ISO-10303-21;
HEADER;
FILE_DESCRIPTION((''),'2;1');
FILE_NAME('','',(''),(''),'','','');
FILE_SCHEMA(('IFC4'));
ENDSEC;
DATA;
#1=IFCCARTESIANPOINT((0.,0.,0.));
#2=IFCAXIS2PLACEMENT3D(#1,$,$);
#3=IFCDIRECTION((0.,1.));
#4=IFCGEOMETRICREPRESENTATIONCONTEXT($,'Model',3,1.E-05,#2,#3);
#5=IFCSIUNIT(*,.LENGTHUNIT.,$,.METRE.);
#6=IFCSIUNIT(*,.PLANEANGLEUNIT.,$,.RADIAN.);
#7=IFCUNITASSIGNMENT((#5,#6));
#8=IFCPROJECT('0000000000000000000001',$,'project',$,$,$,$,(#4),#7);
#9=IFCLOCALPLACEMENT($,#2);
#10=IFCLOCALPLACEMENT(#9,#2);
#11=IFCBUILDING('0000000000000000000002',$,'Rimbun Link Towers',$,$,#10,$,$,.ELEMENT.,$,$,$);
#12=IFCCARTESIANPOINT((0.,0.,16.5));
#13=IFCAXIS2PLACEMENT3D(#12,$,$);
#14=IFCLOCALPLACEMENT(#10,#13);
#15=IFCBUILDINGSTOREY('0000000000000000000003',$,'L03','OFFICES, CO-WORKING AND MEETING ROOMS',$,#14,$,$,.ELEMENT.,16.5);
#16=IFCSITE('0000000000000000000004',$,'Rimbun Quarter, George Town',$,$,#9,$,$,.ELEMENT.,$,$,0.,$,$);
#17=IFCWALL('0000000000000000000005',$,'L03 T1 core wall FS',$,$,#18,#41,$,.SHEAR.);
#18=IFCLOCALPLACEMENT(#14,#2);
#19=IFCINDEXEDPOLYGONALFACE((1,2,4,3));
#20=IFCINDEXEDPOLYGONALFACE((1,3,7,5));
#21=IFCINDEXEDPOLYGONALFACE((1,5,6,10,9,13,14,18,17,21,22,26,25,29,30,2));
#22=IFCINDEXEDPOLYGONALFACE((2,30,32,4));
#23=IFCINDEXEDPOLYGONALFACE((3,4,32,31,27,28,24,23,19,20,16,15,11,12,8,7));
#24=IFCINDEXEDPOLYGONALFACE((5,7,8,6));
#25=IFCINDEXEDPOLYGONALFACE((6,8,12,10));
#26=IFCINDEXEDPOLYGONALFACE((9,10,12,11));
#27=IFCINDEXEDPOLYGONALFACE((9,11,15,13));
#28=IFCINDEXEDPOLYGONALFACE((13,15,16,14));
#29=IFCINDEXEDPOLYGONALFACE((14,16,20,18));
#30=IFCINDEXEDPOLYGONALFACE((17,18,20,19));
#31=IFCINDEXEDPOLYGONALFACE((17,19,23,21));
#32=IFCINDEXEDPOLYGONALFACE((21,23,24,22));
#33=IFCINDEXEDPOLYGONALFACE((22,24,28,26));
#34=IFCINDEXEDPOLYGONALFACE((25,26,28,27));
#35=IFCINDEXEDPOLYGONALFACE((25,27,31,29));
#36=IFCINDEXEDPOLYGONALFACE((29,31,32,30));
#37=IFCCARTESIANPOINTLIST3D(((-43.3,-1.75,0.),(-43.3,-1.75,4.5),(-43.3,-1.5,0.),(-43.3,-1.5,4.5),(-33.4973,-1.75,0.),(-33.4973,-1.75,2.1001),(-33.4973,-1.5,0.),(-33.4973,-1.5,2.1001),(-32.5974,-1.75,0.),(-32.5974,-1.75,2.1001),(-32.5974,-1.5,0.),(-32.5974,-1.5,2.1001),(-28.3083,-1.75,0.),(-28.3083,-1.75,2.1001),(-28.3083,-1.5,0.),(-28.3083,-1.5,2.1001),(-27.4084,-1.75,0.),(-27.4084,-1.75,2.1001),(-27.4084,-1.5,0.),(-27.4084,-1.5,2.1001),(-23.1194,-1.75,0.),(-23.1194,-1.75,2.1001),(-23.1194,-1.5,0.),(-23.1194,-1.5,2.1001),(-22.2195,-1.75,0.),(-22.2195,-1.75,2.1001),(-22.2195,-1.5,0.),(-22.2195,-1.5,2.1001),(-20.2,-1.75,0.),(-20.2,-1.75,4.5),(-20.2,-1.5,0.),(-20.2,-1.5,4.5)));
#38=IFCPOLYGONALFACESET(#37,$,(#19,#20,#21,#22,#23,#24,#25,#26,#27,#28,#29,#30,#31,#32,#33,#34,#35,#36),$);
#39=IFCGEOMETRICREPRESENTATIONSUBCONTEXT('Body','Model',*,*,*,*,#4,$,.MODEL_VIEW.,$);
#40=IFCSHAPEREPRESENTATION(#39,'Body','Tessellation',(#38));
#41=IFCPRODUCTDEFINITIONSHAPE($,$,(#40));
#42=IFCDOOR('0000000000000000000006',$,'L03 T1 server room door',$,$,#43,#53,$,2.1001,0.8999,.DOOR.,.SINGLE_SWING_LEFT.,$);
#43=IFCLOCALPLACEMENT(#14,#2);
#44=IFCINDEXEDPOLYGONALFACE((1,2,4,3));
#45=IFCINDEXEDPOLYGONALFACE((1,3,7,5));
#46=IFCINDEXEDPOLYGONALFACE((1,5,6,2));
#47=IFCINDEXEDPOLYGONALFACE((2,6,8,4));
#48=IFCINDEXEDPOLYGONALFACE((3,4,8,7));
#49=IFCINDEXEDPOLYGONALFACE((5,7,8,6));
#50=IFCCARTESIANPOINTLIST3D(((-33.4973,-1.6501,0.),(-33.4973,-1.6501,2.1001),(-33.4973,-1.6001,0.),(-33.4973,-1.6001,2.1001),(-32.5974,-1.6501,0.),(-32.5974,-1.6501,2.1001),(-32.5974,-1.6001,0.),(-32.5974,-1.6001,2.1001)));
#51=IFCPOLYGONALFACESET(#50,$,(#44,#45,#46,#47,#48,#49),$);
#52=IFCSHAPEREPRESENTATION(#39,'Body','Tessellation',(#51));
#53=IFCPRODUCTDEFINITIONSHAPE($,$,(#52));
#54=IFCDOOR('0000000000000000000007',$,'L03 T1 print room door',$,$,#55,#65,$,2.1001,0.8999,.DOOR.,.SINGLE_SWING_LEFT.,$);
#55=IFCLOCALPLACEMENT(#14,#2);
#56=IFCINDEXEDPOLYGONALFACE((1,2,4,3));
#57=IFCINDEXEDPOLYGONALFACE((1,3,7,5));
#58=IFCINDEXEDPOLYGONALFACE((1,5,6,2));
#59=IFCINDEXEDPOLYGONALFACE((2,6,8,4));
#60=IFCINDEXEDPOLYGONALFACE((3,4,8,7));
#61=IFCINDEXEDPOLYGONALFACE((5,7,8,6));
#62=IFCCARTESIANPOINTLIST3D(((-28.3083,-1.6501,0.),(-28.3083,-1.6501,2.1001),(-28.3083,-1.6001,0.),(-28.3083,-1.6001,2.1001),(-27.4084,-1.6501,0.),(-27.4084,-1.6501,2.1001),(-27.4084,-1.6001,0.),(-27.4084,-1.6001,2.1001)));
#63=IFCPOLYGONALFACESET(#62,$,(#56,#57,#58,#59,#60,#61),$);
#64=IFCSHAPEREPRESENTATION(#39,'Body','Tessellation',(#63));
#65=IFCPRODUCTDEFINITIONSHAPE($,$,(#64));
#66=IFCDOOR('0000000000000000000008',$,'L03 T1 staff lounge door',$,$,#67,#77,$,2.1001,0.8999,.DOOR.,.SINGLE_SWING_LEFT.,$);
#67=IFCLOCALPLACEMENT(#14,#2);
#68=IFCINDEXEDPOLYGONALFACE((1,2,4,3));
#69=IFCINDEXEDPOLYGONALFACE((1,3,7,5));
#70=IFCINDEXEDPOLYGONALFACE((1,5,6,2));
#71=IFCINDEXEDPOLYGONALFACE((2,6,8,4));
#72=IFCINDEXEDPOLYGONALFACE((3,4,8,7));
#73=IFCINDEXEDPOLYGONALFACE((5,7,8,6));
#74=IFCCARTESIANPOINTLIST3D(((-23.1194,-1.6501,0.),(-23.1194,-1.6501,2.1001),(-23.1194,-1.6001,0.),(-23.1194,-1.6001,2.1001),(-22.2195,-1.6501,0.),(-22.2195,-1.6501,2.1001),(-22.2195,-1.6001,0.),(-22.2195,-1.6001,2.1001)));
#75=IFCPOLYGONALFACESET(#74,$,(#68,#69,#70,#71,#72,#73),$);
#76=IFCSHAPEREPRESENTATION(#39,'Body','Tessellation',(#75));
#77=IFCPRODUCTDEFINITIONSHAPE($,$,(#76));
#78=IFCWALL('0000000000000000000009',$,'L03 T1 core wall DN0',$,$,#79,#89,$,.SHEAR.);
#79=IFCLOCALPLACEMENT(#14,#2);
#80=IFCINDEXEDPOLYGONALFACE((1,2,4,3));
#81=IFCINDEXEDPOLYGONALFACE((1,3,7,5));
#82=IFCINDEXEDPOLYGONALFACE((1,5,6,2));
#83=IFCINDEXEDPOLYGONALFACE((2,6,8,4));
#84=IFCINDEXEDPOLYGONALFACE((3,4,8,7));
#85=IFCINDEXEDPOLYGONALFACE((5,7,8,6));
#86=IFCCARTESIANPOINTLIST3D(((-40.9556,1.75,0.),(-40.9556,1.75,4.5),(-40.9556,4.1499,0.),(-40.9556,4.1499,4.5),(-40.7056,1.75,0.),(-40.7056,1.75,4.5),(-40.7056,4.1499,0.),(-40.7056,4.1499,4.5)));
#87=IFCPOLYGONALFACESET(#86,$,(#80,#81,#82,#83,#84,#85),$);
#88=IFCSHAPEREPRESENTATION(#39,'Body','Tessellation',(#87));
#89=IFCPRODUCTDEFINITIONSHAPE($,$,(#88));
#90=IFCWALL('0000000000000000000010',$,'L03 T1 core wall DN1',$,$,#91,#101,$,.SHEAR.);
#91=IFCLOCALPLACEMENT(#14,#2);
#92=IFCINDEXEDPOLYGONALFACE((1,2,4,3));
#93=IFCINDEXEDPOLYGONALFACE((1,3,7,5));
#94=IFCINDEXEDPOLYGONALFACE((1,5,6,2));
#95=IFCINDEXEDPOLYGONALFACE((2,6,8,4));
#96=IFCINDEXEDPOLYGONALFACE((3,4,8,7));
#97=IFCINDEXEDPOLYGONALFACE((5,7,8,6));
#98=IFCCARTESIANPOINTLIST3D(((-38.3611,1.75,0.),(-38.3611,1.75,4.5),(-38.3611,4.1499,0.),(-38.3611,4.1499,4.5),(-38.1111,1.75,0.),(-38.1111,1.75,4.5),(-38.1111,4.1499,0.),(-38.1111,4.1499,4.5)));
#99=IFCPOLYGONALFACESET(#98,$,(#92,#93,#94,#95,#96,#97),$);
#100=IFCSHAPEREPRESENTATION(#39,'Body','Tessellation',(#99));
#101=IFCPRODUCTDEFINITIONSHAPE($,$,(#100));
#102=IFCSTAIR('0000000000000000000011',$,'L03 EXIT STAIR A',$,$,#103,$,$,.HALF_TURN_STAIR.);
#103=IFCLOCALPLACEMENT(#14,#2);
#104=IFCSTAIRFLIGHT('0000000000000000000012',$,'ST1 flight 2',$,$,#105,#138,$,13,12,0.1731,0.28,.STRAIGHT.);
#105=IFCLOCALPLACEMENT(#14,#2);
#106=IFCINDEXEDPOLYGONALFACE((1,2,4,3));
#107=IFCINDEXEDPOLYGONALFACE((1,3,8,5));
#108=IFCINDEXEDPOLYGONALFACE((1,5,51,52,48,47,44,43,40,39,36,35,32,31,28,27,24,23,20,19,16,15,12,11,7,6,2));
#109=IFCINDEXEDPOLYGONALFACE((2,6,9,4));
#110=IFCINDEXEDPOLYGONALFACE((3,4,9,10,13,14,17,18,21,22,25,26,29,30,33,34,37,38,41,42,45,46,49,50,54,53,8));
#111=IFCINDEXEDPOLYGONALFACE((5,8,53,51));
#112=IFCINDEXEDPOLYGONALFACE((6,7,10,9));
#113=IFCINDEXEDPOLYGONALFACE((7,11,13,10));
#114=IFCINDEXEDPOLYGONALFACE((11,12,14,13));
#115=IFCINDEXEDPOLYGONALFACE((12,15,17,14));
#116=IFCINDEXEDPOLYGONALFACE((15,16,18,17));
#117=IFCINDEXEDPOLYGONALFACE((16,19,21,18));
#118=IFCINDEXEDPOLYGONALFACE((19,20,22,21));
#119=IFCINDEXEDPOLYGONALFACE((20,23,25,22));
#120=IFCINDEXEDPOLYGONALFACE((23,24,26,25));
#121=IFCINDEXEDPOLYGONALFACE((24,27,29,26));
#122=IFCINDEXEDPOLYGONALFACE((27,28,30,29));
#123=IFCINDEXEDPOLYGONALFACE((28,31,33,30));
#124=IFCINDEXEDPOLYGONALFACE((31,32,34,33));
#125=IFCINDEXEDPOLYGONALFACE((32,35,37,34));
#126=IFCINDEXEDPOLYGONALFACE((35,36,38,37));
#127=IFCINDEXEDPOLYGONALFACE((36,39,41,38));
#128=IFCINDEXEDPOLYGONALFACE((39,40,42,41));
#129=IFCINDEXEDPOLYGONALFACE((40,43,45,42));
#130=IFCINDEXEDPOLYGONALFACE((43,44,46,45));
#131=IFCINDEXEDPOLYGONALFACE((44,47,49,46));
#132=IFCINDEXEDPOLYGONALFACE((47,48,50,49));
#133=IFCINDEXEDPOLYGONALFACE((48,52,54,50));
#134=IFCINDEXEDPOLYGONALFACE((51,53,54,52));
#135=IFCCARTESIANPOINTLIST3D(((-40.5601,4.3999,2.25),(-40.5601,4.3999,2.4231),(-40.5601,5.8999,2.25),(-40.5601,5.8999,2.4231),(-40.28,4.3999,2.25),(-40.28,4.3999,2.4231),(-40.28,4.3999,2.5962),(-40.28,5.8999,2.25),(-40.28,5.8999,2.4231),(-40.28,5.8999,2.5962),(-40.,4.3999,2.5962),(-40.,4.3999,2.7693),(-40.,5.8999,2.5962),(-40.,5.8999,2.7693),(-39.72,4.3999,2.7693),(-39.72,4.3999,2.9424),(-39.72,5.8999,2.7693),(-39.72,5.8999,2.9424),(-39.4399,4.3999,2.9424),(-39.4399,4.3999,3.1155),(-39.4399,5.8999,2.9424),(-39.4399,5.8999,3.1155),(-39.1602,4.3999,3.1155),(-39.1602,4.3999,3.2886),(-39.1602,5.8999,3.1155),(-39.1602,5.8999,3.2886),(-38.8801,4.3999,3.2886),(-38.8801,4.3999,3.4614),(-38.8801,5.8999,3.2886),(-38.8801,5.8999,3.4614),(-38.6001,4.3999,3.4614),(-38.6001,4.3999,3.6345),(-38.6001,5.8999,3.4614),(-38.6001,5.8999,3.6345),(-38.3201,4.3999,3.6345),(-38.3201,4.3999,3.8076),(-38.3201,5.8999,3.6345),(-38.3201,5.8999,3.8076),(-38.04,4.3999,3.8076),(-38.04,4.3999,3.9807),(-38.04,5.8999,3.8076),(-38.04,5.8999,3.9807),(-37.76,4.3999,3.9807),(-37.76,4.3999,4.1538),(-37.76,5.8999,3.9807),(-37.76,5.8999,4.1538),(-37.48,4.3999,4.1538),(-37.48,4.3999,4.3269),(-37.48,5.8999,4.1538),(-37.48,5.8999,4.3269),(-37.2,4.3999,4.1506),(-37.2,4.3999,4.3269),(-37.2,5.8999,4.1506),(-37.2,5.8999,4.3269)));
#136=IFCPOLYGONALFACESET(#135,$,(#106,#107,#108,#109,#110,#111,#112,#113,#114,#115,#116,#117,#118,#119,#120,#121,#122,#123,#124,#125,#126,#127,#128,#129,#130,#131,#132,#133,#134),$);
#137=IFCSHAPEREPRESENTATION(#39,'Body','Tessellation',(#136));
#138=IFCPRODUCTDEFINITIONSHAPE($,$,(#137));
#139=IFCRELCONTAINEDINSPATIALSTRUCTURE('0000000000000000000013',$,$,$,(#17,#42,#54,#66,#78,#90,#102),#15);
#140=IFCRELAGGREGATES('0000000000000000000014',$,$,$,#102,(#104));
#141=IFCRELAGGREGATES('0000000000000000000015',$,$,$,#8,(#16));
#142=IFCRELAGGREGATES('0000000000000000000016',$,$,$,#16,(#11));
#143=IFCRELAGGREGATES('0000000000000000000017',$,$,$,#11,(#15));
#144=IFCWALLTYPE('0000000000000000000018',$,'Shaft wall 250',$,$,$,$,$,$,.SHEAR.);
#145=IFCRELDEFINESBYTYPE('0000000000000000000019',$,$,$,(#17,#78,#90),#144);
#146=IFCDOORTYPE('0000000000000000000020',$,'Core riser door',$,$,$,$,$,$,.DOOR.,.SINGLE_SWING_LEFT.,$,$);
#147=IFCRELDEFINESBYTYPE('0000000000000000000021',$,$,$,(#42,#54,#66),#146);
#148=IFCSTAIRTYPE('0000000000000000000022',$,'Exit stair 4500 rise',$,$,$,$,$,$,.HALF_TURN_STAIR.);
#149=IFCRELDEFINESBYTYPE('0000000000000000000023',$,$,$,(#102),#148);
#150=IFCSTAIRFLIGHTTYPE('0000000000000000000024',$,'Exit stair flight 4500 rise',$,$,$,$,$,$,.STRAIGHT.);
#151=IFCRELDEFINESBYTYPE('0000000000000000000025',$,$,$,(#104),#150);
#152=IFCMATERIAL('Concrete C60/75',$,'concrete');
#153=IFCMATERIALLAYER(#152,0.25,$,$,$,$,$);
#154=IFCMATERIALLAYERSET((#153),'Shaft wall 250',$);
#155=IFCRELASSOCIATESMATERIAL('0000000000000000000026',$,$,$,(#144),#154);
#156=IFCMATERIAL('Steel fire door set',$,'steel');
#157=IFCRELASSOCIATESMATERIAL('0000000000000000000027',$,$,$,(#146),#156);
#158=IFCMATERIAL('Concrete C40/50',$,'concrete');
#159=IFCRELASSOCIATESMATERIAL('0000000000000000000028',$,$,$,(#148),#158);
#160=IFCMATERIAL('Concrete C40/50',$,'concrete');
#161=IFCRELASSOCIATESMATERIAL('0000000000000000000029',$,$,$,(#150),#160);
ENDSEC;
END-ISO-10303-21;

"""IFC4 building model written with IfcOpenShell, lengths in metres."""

from ifc_helpers import new_model, si_unit, direction, frame, frame_2d, origin, place, context, subcontext, project, spatial, polyline, rectangle, outline, extrude, material, layer, layer_set, type_object, element, fill, aggregate, save


model = new_model("IFC4")

# Units and contexts
model_context = context("Model", 3, precision=1e-05, world=origin(), true_north=direction((0.0, 1.0)))
body_context = subcontext(model_context, "Body", "Model", "MODEL_VIEW")
ifc_project = project(units=[si_unit("LENGTHUNIT", "METRE"), si_unit("PLANEANGLEUNIT", "RADIAN")], contexts=[model_context])

# Site, building, storey
site_placement = place(None, origin())
site = spatial("IfcSite", under=ifc_project, at=site_placement, Name="Rimbun Quarter, George Town", CompositionType="ELEMENT", RefElevation=0.0)
building_placement = place(site_placement, origin())
building = spatial("IfcBuilding", under=site, at=building_placement, Name="Rimbun Link Towers", CompositionType="ELEMENT")
storey_placement = place(building_placement, frame((0.0, 0.0, 16.5)))
storey = spatial("IfcBuildingStorey", under=building, at=storey_placement, Name="L03", Description="OFFICES, CO-WORKING AND MEETING ROOMS", CompositionType="ELEMENT", Elevation=16.5)

# Shared definitions
ifc_material_1 = material(Name="Concrete C60/75", Category="concrete")
ifc_layer = layer(ifc_material_1, 0.25)
ifc_layer_set = layer_set([ifc_layer], Name="Shaft wall 250")
wall_type = type_object("IfcWallType", Name="Shaft wall 250", PredefinedType="SHEAR", material=ifc_layer_set)

# Wall, openings, doors
wall_1_placement = place(storey_placement, frame((-43.3, -1.625, 0.0), z_axis=(0.0, 0.0, 1.0), x_axis=(1.0, 0.0, 0.0)))
wall_1 = element("IfcWall", 1, at=wall_1_placement, inside=storey, type_object=wall_type, Name="L03 T1 core wall FS", PredefinedType="SHEAR", context=body_context, shape_type="SweptSolid", body=[
    extrude(rectangle(XDim=23.1001, YDim=0.25, at=frame_2d((11.55, 0.0))), origin(), (0.0, 0.0, 1.0), 4.5),
])
opening_1_placement = place(wall_1_placement, frame((9.8027, 0.0, 0.0)))
opening_1 = element("IfcOpeningElement", 2, at=opening_1_placement, cuts=wall_1, PredefinedType="OPENING", context=body_context, shape_type="SweptSolid", body=[
    extrude(rectangle(XDim=0.8999, YDim=2.1001, at=frame_2d((0.45, 1.05))), frame((0.0, 0.135, 0.0), z_axis=(0.0, -1.0, 0.0), x_axis=(1.0, 0.0, 0.0)), (0.0, 0.0, 1.0), 0.27),
])
opening_2_placement = place(wall_1_placement, frame((14.9917, 0.0, 0.0)))
opening_2 = element("IfcOpeningElement", 3, at=opening_2_placement, cuts=wall_1, PredefinedType="OPENING", context=body_context, shape_type="SweptSolid", body=[
    extrude(rectangle(XDim=0.8999, YDim=2.1001, at=frame_2d((0.45, 1.05))), frame((0.0, 0.135, 0.0), z_axis=(0.0, -1.0, 0.0), x_axis=(1.0, 0.0, 0.0)), (0.0, 0.0, 1.0), 0.27),
])
opening_3_placement = place(wall_1_placement, frame((20.1807, 0.0, 0.0)))
opening_3 = element("IfcOpeningElement", 4, at=opening_3_placement, cuts=wall_1, PredefinedType="OPENING", context=body_context, shape_type="SweptSolid", body=[
    extrude(rectangle(XDim=0.8999, YDim=2.1001, at=frame_2d((0.45, 1.05))), frame((0.0, 0.135, 0.0), z_axis=(0.0, -1.0, 0.0), x_axis=(1.0, 0.0, 0.0)), (0.0, 0.0, 1.0), 0.27),
])
ifc_material_2 = material(Name="Steel fire door set", Category="steel")
door_type_1 = type_object("IfcDoorType", Name="Core riser door", OperationType="SINGLE_SWING_LEFT", PredefinedType="DOOR", material=ifc_material_2)
door_1_placement = place(opening_1_placement, origin())
door_1 = element("IfcDoor", 5, at=door_1_placement, inside=storey, type_object=door_type_1, Name="L03 T1 server room door", OperationType="SINGLE_SWING_LEFT", OverallHeight=2.1001, OverallWidth=0.8999, PredefinedType="DOOR", context=body_context, shape_type="SweptSolid", body=[
    extrude(rectangle(XDim=0.8999, YDim=2.1001, at=frame_2d((0.45, 1.05))), frame((0.0, 0.0249, 0.0), z_axis=(0.0, -1.0, 0.0), x_axis=(1.0, 0.0, 0.0)), (0.0, 0.0, 1.0), 0.05),
])
fill(opening_1, door_1)
door_2_placement = place(opening_2_placement, origin())
door_2 = element("IfcDoor", 6, at=door_2_placement, inside=storey, type_object=door_type_1, Name="L03 T1 print room door", OperationType="SINGLE_SWING_LEFT", OverallHeight=2.1001, OverallWidth=0.8999, PredefinedType="DOOR", context=body_context, shape_type="SweptSolid", body=[
    extrude(rectangle(XDim=0.8999, YDim=2.1001, at=frame_2d((0.45, 1.05))), frame((0.0, 0.0249, 0.0), z_axis=(0.0, -1.0, 0.0), x_axis=(1.0, 0.0, 0.0)), (0.0, 0.0, 1.0), 0.05),
])
fill(opening_2, door_2)
door_3_placement = place(opening_3_placement, origin())
door_3 = element("IfcDoor", 7, at=door_3_placement, inside=storey, type_object=door_type_1, Name="L03 T1 staff lounge door", OperationType="SINGLE_SWING_LEFT", OverallHeight=2.1001, OverallWidth=0.8999, PredefinedType="DOOR", context=body_context, shape_type="SweptSolid", body=[
    extrude(rectangle(XDim=0.8999, YDim=2.1001, at=frame_2d((0.45, 1.05))), frame((0.0, 0.0249, 0.0), z_axis=(0.0, -1.0, 0.0), x_axis=(1.0, 0.0, 0.0)), (0.0, 0.0, 1.0), 0.05),
])
fill(opening_3, door_3)

# Walls
for number, where, z_axis, x_axis, name in (
    (8, (-40.8306, 1.75, 0.0), (0.0, 0.0, 1.0), (0.0, 1.0, 0.0), "L03 T1 core wall DN0"),
    (9, (-38.2361, 1.75, 0.0), (0.0, 0.0, 1.0), (0.0, 1.0, 0.0), "L03 T1 core wall DN1"),
):
    element("IfcWall", number, at=place(storey_placement, frame(where, z_axis=z_axis, x_axis=x_axis)), inside=storey, type_object=wall_type, Name=name, PredefinedType="SHEAR", context=body_context, shape_type="SweptSolid", body=[
        extrude(rectangle(XDim=2.3999, YDim=0.25, at=frame_2d((1.2, 0.0))), origin(), (0.0, 0.0, 1.0), 4.5),
    ])

# Stair, stair flight
ifc_material_3 = material(Name="Concrete C40/50", Category="concrete")
stair_type = type_object("IfcStairType", Name="Exit stair 4500 rise", PredefinedType="HALF_TURN_STAIR", material=ifc_material_3)
stair_placement = place(storey_placement, origin())
stair = element("IfcStair", 10, at=stair_placement, inside=storey, type_object=stair_type, Name="L03 EXIT STAIR A", PredefinedType="HALF_TURN_STAIR")
ifc_material_4 = material(Name="Concrete C40/50", Category="concrete")
stair_flight_type = type_object("IfcStairFlightType", Name="Exit stair flight 4500 rise", PredefinedType="STRAIGHT", material=ifc_material_4)
stair_flight_placement = place(storey_placement, frame((-40.5601, 5.1499, 2.25), z_axis=(0.0, 0.0, 1.0), x_axis=(1.0, 0.0, 0.0)))
stair_flight = element("IfcStairFlight", 11, at=stair_flight_placement, type_object=stair_flight_type, Name="ST1 flight 2", NumberOfRisers=13, NumberOfTreads=12, PredefinedType="STRAIGHT", RiserHeight=0.1731, TreadLength=0.28, context=body_context, shape_type="SweptSolid", body=[
    extrude(outline(polyline([(0.0, 0.0), (0.0, 0.1731), (0.28, 0.1731), (0.28, 0.3462), (0.5601, 0.3462), (0.5601, 0.5193), (0.8401, 0.5193), (0.8401, 0.6924), (1.1201, 0.6924), (1.1201, 0.8655), (1.3999, 0.8655), (1.3999, 1.0386), (1.6799, 1.0386), (1.6799, 1.2114), (1.96, 1.2114), (1.96, 1.3845), (2.24, 1.3845), (2.24, 1.5576), (2.52, 1.5576), (2.52, 1.7307), (2.8, 1.7307), (2.8, 1.9038), (3.0801, 1.9038), (3.0801, 2.0769), (3.3601, 2.0769), (3.3601, 2.25), (3.3601, 1.9006), (0.28, 0.0), (0.0, 0.0)])), frame((0.0, 0.75, 0.0), z_axis=(0.0, -1.0, 0.0), x_axis=(1.0, 0.0, 0.0)), (0.0, 0.0, 1.0), 1.5),
])
aggregate(stair, [stair_flight])

save(model, "model.ifc")
